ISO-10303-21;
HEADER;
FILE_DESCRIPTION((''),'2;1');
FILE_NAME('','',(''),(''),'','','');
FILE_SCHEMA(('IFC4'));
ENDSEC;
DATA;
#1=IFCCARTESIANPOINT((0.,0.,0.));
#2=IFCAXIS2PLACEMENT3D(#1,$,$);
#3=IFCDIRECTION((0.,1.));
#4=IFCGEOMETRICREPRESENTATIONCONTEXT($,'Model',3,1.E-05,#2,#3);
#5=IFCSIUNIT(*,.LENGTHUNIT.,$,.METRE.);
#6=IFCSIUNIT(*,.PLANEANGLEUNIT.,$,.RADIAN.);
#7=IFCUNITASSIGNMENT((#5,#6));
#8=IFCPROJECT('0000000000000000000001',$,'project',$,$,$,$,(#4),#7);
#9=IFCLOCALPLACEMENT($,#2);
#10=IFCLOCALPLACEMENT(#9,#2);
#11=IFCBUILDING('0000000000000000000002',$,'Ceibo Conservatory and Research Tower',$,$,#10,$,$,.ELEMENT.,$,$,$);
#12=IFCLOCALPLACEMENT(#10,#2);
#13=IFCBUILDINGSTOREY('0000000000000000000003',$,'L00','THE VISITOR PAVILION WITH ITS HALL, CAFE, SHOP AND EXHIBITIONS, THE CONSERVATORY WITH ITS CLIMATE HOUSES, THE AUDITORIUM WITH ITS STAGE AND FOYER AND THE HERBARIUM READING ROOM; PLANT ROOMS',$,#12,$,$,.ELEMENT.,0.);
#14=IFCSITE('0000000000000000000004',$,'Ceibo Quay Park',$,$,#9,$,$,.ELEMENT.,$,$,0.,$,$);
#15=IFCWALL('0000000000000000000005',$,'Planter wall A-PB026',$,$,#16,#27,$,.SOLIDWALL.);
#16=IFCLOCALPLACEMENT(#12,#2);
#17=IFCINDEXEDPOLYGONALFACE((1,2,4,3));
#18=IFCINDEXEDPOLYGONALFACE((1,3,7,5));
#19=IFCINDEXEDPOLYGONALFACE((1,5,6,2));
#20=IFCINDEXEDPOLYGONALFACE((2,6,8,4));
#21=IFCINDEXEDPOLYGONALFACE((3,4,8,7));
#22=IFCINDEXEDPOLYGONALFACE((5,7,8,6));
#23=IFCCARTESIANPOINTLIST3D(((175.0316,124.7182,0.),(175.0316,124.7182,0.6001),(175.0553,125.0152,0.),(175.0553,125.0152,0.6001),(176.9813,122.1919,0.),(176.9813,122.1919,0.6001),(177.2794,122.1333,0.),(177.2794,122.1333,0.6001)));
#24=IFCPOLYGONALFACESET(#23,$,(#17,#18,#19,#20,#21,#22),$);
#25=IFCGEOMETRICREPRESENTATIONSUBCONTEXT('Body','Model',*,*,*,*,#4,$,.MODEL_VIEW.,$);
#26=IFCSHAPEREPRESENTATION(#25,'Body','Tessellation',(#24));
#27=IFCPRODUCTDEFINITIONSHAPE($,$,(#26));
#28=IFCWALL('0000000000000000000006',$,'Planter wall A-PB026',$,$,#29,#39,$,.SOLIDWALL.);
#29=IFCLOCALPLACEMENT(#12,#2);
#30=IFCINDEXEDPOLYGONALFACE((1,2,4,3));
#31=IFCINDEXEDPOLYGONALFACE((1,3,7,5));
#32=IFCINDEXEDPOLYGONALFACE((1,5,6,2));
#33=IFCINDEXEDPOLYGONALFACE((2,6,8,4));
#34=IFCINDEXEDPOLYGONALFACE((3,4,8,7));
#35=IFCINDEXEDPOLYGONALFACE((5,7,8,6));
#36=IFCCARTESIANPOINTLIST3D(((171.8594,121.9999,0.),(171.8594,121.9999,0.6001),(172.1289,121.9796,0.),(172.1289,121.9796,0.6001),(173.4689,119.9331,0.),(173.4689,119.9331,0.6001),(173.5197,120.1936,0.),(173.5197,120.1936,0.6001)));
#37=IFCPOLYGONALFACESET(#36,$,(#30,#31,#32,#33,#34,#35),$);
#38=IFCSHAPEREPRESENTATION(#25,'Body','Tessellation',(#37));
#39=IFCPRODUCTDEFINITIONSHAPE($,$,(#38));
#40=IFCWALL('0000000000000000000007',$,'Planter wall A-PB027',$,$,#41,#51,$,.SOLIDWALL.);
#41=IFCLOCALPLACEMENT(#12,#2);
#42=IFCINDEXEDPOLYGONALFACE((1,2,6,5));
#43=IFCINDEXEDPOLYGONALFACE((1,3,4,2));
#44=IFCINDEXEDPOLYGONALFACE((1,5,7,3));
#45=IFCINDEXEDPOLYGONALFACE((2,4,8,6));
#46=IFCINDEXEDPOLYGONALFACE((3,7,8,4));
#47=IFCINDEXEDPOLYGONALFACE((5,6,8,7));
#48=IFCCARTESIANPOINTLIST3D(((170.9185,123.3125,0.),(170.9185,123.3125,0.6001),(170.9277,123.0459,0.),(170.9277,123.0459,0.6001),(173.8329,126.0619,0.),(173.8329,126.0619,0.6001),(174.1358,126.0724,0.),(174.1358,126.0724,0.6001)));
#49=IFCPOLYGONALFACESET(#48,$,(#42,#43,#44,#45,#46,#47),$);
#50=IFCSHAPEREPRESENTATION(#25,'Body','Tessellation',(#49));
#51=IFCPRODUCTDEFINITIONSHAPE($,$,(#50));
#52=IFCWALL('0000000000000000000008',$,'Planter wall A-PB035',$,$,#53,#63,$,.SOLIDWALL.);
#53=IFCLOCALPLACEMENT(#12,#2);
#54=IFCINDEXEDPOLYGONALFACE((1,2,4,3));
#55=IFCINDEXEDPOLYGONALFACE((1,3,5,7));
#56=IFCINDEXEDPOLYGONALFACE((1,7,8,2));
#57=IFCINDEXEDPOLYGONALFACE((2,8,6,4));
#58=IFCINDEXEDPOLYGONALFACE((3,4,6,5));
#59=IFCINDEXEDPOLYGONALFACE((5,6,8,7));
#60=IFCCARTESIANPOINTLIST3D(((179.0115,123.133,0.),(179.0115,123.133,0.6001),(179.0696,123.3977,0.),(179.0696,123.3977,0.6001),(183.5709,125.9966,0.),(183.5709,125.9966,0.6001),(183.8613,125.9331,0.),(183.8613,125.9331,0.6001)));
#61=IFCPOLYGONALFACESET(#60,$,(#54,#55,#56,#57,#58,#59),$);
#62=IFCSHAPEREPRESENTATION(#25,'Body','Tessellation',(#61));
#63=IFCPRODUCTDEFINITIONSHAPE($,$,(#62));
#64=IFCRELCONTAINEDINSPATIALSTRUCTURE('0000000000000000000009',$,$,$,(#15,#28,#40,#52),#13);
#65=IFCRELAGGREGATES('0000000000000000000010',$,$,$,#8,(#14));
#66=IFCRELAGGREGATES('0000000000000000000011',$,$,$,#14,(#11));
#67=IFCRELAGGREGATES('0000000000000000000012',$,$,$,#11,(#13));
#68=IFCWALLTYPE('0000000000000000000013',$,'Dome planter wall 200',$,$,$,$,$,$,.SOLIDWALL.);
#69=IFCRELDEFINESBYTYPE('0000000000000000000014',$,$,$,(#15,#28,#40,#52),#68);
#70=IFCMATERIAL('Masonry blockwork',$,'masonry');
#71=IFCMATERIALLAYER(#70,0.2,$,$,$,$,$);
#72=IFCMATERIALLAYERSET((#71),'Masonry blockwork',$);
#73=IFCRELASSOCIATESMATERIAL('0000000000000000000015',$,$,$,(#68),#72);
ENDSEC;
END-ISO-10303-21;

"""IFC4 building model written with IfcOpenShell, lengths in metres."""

from ifc_helpers import new_model, si_unit, direction, frame, origin, place, context, subcontext, project, spatial, polyline, outline, extrude, material, layer, layer_set, type_object, element, save


model = new_model("IFC4")

# Units and contexts
model_context = context("Model", 3, precision=1e-05, world=origin(), true_north=direction((0.0, 1.0)))
body_context = subcontext(model_context, "Body", "Model", "MODEL_VIEW")
ifc_project = project(units=[si_unit("LENGTHUNIT", "METRE"), si_unit("PLANEANGLEUNIT", "RADIAN")], contexts=[model_context])

# Site, building, storey
site_placement = place(None, origin())
site = spatial("IfcSite", under=ifc_project, at=site_placement, Name="Ceibo Quay Park", CompositionType="ELEMENT", RefElevation=0.0)
building_placement = place(site_placement, origin())
building = spatial("IfcBuilding", under=site, at=building_placement, Name="Ceibo Conservatory and Research Tower", CompositionType="ELEMENT")
storey_placement = place(building_placement, origin())
storey = spatial("IfcBuildingStorey", under=building, at=storey_placement, Name="L00", Description="THE VISITOR PAVILION WITH ITS HALL, CAFE, SHOP AND EXHIBITIONS, THE CONSERVATORY WITH ITS CLIMATE HOUSES, THE AUDITORIUM WITH ITS STAGE AND FOYER AND THE HERBARIUM READING ROOM; PLANT ROOMS", CompositionType="ELEMENT", Elevation=0.0)

# Walls
ifc_material_1 = material(Name="Masonry blockwork", Category="masonry")
ifc_layer_1 = layer(ifc_material_1, 0.2)
ifc_layer_set_1 = layer_set([ifc_layer_1], Name="Masonry blockwork")
wall_type_1 = type_object("IfcWallType", Name="Dome planter wall 200", PredefinedType="SOLIDWALL", material=ifc_layer_set_1)
wall_1_placement = place(storey_placement, frame((177.1304, 122.1626, 0.0), z_axis=(0.0, 0.0, 1.0), x_axis=(-0.610967, 0.791656, 0.0)))
element("IfcWall", 1, at=wall_1_placement, inside=storey, type_object=wall_type_1, Name="Planter wall A-PB026", PredefinedType="SOLIDWALL", context=body_context, shape_type="SweptSolid", body=[
    extrude(outline(polyline([(-0.1143, -0.1001), (3.5261, -0.1001), (3.3054, 0.1001), (0.1143, 0.1001), (-0.1143, -0.1001)])), origin(), (0.0, 0.0, 1.0), 0.6001),
])
wall_2_placement = place(storey_placement, frame((171.9941, 121.9897, 0.0), z_axis=(0.0, 0.0, 1.0), x_axis=(0.614411, -0.788986, 0.0)))
element("IfcWall", 2, at=wall_2_placement, inside=storey, type_object=wall_type_1, Name="Planter wall A-PB026", PredefinedType="SOLIDWALL", context=body_context, shape_type="SweptSolid", body=[
    extrude(outline(polyline([(-0.0908, -0.1001), (2.5288, -0.1001), (2.3545, 0.1001), (0.0908, 0.1001), (-0.0908, -0.1001)])), origin(), (0.0, 0.0, 1.0), 0.6001),
])
wall_3_placement = place(storey_placement, frame((170.9231, 123.1792, 0.0), z_axis=(0.0, 0.0, 1.0), x_axis=(0.727401, 0.686213, 0.0)))
element("IfcWall", 3, at=wall_3_placement, inside=storey, type_object=wall_type_1, Name="Planter wall A-PB027", PredefinedType="SOLIDWALL", context=body_context, shape_type="SweptSolid", body=[
    extrude(outline(polyline([(-0.0881, -0.1001), (4.3223, -0.1001), (4.0947, 0.1001), (0.0881, 0.1001), (-0.0881, -0.1001)])), origin(), (0.0, 0.0, 1.0), 0.6001),
])
wall_4_placement = place(storey_placement, frame((179.0405, 123.2654, 0.0), z_axis=(0.0, 0.0, 1.0), x_axis=(0.866022, 0.500006, 0.0)))
element("IfcWall", 4, at=wall_4_placement, inside=storey, type_object=wall_type_1, Name="Planter wall A-PB035", PredefinedType="SOLIDWALL", context=body_context, shape_type="SweptSolid", body=[
    extrude(outline(polyline([(-0.0913, -0.1001), (5.5088, -0.1001), (5.2891, 0.1001), (0.0913, 0.1001), (-0.0913, -0.1001)])), origin(), (0.0, 0.0, 1.0), 0.6001),
])

save(model, "model.ifc")
